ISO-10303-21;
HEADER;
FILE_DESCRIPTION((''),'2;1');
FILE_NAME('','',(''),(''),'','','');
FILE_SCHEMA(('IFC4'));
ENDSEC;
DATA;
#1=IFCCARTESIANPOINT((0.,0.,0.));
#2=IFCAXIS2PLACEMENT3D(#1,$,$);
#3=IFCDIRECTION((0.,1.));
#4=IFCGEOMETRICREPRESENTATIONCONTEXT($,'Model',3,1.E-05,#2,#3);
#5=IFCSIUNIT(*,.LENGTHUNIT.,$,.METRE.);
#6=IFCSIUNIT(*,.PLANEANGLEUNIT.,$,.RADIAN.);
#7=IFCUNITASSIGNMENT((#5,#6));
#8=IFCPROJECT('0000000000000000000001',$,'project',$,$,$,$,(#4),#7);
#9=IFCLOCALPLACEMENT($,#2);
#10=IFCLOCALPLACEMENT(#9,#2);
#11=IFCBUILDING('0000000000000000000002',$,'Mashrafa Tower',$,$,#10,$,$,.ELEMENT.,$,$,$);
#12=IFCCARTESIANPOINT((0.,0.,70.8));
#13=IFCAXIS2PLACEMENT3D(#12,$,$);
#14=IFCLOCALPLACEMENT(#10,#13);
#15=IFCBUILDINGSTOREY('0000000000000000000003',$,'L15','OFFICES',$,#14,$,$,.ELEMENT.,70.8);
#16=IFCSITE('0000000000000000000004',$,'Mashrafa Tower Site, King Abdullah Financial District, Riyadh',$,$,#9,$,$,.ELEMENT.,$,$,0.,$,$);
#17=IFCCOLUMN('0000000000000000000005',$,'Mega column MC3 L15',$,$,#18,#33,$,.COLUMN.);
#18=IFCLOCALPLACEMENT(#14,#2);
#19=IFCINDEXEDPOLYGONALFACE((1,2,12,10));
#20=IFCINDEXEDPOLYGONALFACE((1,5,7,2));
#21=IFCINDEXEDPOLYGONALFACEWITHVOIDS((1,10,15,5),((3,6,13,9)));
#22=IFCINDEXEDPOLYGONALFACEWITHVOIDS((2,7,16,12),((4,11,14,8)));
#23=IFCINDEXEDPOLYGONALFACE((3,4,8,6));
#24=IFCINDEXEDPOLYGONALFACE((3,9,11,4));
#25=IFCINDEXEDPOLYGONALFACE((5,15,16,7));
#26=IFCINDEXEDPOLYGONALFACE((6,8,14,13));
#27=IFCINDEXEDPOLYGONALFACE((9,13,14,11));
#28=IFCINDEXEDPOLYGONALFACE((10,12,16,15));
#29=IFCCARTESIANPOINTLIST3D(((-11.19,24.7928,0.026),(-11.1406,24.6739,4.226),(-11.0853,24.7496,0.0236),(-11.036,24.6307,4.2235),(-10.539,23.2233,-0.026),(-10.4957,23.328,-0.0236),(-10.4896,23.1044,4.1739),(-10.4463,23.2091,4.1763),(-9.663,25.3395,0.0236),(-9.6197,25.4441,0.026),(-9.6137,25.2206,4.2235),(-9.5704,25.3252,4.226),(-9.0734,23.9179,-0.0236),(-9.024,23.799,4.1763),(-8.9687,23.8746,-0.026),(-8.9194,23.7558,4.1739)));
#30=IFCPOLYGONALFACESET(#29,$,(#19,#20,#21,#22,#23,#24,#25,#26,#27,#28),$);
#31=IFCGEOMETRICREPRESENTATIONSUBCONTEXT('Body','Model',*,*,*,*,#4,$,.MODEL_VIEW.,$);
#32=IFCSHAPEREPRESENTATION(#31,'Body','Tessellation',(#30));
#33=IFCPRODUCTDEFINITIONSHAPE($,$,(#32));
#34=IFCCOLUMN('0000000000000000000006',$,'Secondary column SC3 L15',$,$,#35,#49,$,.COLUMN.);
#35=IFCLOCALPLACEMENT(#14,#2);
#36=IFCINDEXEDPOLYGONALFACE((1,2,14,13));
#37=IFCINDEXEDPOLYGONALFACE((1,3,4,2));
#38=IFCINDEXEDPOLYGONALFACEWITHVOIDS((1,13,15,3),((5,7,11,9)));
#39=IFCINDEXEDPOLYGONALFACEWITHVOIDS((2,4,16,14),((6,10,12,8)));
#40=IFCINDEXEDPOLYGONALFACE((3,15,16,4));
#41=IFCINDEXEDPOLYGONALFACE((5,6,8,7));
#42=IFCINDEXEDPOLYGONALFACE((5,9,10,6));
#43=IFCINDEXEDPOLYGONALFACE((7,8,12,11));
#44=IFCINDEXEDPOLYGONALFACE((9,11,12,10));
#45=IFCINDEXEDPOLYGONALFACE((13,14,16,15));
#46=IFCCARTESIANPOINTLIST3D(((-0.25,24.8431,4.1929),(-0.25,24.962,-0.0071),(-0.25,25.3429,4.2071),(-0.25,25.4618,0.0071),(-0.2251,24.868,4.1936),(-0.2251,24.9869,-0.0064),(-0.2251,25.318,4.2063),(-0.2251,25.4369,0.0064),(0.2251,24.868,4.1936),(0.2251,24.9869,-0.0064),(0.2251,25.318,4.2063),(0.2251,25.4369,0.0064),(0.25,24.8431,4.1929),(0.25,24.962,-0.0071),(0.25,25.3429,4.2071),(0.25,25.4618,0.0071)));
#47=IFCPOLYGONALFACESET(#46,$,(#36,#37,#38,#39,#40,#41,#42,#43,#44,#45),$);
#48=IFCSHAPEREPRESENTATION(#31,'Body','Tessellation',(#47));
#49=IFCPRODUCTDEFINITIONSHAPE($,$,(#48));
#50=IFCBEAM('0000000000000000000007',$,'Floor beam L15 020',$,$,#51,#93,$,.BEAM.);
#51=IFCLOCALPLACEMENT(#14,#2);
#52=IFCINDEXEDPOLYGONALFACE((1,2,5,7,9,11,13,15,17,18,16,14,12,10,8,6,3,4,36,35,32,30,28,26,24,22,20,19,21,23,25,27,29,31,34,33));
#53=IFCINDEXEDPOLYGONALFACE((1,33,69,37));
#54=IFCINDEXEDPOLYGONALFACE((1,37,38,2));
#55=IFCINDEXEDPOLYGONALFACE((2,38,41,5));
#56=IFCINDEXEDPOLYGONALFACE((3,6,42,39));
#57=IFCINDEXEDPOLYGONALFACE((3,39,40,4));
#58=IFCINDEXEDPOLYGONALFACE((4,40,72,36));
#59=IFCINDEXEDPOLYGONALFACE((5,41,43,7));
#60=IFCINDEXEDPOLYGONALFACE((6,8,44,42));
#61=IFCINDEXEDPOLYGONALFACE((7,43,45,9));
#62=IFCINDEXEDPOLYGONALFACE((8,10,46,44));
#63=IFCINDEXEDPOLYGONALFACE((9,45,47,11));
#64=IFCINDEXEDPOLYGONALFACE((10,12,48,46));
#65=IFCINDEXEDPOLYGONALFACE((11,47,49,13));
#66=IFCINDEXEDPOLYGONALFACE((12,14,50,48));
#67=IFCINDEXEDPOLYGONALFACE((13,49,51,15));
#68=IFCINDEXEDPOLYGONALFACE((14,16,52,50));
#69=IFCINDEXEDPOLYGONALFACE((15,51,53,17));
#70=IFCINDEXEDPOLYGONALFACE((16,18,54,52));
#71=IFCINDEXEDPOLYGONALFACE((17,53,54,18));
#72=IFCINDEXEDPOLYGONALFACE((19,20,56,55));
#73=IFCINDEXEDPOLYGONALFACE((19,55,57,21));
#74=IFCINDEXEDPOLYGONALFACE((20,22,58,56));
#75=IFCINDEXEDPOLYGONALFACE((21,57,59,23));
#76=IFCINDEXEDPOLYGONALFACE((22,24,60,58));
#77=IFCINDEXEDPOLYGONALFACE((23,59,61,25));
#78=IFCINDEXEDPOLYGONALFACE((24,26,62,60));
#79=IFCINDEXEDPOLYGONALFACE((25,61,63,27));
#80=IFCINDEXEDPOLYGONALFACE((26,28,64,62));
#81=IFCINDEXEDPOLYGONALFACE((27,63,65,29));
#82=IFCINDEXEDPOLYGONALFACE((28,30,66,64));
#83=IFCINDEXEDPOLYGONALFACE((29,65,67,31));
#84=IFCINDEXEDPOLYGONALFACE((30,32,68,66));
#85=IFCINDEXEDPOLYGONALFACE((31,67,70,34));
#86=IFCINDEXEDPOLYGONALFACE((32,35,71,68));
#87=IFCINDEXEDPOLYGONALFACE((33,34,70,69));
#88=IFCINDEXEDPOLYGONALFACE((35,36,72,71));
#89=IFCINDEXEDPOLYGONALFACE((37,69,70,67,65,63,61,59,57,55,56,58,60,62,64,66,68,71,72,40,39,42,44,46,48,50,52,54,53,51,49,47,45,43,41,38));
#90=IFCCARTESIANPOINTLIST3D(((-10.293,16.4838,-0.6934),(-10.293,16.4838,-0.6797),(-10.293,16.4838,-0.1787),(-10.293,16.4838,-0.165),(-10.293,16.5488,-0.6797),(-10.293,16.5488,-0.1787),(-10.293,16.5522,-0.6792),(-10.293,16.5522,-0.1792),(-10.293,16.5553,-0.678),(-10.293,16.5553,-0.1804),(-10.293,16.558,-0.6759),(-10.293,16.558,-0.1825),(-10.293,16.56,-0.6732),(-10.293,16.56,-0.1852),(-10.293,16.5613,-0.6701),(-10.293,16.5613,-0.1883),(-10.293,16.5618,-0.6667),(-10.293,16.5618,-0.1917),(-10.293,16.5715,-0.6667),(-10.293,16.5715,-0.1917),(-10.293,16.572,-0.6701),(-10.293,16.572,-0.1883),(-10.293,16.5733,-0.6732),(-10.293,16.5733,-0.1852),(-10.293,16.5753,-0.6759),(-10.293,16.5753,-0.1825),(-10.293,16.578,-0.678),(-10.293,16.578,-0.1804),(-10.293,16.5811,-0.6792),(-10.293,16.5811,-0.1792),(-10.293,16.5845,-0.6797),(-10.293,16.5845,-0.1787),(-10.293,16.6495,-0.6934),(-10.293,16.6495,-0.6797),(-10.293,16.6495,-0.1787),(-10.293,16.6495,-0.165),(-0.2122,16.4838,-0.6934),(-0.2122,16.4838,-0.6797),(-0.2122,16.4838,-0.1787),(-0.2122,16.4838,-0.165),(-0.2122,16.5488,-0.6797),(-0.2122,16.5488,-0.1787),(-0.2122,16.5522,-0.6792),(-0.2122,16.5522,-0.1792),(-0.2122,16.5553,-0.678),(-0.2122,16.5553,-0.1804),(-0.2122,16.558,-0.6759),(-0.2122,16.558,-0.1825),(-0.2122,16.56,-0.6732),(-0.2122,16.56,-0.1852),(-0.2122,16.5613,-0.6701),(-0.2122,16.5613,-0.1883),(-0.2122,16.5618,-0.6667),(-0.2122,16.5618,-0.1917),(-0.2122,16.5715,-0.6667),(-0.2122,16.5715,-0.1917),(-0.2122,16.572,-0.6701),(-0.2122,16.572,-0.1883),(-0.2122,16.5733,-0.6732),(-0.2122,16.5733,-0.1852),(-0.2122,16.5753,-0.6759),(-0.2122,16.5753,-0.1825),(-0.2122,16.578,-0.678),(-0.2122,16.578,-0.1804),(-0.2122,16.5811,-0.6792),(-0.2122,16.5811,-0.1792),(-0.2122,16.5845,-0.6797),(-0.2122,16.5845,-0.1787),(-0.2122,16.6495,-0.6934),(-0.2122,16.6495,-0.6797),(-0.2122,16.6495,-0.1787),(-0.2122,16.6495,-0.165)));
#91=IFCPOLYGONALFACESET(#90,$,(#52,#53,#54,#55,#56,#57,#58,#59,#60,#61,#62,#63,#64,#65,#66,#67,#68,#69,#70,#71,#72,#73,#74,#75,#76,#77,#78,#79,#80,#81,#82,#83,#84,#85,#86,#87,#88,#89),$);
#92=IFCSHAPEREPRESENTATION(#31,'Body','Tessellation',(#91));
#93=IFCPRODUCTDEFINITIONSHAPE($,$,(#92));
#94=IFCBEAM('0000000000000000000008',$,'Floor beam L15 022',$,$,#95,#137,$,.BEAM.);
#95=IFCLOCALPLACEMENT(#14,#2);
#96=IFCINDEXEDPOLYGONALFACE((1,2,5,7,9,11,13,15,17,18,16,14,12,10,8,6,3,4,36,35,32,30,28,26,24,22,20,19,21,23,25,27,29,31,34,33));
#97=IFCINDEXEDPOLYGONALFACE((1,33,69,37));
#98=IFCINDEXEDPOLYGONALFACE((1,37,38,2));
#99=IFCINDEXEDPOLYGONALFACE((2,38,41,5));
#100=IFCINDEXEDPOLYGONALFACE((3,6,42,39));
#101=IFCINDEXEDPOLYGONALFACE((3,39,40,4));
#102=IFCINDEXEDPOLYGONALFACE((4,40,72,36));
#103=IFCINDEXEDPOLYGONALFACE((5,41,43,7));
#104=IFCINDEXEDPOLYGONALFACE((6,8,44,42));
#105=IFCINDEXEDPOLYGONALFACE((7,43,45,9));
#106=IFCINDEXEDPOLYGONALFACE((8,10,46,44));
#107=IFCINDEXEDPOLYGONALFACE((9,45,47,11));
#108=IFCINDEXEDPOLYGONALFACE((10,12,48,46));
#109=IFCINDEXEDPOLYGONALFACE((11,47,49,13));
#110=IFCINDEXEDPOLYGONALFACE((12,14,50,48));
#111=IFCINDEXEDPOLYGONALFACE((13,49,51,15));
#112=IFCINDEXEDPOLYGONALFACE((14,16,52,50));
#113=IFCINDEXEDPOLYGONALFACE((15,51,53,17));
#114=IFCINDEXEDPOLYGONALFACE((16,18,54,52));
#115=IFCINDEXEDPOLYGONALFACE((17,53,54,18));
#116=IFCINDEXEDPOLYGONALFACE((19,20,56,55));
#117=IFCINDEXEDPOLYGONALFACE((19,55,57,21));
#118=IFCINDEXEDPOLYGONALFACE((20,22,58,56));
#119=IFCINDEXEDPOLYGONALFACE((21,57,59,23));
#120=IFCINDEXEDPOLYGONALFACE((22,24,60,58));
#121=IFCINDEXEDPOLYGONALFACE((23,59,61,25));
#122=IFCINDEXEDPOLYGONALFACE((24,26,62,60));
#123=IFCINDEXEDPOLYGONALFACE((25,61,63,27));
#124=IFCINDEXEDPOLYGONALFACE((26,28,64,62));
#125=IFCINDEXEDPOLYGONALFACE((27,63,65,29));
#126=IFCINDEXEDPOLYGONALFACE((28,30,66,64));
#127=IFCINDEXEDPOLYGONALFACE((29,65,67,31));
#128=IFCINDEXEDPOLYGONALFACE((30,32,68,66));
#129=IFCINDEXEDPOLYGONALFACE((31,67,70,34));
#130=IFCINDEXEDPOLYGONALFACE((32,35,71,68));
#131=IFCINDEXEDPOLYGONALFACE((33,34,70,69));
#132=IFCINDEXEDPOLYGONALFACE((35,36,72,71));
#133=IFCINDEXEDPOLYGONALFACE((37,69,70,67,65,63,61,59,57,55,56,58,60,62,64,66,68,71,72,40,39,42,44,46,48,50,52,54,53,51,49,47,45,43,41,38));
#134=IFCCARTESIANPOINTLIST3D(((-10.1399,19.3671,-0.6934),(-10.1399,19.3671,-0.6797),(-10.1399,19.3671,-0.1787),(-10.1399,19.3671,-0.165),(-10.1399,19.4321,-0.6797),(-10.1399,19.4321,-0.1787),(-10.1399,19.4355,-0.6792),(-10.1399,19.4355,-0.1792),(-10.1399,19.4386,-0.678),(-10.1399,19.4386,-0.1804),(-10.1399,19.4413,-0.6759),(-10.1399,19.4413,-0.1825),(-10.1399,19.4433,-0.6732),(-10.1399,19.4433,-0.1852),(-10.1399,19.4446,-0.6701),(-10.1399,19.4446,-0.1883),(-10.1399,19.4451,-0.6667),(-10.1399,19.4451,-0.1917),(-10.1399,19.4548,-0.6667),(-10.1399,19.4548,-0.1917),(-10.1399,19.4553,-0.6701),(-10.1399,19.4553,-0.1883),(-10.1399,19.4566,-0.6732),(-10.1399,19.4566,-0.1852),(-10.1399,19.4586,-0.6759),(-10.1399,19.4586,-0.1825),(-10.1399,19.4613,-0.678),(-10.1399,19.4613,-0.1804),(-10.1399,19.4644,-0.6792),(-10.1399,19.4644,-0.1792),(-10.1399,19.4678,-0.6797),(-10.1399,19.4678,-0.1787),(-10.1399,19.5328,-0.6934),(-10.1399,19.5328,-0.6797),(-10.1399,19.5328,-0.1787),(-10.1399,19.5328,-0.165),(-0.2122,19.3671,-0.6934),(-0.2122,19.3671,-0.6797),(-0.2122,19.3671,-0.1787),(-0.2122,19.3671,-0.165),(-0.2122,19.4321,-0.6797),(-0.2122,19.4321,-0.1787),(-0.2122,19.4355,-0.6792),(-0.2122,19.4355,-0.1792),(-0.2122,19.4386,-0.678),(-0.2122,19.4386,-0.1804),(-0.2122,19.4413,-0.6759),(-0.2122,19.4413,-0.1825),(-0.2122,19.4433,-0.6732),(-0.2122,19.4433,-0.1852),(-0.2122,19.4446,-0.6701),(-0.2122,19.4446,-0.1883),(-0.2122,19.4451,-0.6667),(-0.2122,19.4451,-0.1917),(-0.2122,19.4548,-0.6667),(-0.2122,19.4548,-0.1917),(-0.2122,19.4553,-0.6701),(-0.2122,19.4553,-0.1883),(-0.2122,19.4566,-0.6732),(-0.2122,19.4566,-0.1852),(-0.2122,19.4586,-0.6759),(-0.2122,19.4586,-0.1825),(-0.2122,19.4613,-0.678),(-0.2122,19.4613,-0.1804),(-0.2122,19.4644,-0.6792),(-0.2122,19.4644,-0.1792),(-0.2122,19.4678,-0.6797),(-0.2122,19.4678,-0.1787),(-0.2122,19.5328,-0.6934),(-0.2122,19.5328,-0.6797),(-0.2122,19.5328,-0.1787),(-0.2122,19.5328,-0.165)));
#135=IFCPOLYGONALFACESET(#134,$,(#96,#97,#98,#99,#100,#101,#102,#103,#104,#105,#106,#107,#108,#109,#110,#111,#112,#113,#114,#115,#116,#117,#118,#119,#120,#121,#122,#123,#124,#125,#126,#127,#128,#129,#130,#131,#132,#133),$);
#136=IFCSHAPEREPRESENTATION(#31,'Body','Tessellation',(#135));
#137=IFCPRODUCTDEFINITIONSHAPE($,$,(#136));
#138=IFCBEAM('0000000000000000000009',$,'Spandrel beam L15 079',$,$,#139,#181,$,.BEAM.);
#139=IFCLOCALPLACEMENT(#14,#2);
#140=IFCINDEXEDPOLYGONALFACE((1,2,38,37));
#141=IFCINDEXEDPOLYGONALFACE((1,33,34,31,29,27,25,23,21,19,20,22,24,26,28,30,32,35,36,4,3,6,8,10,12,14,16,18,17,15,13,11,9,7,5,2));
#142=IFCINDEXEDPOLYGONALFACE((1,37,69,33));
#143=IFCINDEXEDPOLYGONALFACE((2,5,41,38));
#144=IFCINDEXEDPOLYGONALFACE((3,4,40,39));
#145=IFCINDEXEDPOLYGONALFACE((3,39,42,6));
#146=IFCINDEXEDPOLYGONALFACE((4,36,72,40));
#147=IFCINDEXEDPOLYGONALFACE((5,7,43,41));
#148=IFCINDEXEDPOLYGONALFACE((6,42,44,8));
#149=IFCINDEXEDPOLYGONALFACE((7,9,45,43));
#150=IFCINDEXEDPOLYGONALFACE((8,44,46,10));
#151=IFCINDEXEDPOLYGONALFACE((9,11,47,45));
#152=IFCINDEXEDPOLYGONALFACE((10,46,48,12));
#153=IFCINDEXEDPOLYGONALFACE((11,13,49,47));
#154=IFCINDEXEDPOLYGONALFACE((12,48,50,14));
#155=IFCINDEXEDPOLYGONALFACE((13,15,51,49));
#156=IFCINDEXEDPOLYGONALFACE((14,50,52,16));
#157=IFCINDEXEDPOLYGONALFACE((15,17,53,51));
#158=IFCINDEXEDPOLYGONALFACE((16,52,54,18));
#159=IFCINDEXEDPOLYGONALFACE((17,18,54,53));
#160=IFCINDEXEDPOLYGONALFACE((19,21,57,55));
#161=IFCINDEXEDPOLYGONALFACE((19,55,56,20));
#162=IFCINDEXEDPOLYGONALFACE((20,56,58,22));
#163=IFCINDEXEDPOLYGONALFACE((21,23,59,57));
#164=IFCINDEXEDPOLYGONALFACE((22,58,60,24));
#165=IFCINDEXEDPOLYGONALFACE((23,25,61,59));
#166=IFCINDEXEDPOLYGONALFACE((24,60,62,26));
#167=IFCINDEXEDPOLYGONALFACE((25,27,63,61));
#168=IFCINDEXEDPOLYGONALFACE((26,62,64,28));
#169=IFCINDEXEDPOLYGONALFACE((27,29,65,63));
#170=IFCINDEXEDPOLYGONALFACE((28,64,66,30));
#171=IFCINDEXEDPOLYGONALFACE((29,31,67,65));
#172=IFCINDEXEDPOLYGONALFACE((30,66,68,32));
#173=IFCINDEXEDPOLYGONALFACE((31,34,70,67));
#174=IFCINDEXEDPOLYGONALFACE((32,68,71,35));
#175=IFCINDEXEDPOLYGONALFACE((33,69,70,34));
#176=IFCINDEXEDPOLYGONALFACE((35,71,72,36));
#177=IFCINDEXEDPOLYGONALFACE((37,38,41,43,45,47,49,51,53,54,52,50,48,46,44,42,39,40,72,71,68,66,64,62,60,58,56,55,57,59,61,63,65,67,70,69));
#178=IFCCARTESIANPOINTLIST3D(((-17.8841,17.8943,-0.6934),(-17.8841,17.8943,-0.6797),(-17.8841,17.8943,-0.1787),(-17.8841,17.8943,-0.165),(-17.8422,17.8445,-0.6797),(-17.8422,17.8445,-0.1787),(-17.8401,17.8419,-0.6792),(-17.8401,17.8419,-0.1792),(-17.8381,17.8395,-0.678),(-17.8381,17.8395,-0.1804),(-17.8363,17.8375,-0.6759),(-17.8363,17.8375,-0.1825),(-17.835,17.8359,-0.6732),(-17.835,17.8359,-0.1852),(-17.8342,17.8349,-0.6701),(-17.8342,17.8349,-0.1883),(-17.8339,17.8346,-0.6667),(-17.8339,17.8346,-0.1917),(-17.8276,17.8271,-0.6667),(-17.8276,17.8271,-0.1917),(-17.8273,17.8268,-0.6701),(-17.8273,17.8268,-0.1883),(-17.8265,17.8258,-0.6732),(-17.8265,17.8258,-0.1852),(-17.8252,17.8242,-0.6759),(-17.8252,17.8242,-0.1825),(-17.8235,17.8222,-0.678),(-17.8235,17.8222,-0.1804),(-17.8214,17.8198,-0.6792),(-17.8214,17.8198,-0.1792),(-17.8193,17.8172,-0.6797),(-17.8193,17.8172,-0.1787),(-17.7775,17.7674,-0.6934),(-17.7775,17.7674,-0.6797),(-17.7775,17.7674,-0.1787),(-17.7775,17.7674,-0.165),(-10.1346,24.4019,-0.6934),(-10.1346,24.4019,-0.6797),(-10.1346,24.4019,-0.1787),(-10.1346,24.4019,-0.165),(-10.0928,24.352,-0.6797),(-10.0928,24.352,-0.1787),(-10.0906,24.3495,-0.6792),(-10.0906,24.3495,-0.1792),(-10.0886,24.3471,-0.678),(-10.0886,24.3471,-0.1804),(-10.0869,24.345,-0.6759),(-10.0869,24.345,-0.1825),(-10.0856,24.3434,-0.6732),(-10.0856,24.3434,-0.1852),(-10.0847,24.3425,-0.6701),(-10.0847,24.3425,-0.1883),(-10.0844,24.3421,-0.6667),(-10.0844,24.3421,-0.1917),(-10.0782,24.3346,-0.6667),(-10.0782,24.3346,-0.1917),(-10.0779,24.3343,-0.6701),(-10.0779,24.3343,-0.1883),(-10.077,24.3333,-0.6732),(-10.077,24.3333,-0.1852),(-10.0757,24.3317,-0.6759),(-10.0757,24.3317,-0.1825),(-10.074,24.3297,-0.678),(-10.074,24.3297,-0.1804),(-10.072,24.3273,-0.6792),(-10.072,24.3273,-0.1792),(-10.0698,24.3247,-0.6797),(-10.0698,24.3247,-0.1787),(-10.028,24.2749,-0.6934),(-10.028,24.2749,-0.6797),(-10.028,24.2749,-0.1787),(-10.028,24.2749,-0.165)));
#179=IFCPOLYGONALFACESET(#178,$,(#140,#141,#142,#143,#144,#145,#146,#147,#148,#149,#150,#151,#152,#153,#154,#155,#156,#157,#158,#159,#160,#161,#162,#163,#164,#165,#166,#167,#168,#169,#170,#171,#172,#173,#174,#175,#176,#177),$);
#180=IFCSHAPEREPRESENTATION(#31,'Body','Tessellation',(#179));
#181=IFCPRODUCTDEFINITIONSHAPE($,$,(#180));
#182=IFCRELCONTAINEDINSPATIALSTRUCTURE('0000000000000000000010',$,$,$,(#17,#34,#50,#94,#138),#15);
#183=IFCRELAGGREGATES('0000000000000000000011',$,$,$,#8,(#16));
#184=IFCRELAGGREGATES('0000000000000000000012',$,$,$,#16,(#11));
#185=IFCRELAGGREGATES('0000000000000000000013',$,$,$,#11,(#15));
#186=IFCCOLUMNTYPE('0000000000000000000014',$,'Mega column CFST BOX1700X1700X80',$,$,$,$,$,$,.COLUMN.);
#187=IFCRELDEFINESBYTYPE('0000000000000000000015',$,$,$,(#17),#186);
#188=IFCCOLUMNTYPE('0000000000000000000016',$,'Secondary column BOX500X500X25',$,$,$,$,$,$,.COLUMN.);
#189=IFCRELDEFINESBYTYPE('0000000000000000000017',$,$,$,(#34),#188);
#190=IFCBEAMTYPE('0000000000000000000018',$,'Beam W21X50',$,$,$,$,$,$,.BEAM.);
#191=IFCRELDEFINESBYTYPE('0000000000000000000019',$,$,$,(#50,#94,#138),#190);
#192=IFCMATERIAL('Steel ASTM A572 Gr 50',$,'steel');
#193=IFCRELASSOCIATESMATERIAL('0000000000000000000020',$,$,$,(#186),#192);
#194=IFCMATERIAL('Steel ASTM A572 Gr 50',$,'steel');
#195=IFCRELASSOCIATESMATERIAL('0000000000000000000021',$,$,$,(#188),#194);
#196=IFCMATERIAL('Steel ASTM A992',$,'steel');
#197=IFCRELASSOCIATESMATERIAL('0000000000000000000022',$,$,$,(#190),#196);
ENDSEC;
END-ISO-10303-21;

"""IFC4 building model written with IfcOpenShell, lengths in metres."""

from ifc_helpers import new_model, si_unit, direction, frame, origin, origin_2d, place, context, subcontext, project, spatial, hollow_rectangle, i_section, extrude, material, material_profile, profile_set, type_object, element, save


model = new_model("IFC4")

# Units and contexts
model_context = context("Model", 3, precision=1e-05, world=origin(), true_north=direction((0.0, 1.0)))
body_context = subcontext(model_context, "Body", "Model", "MODEL_VIEW")
ifc_project = project(units=[si_unit("LENGTHUNIT", "METRE"), si_unit("PLANEANGLEUNIT", "RADIAN")], contexts=[model_context])

# Site, building, storey
site_placement = place(None, origin())
site = spatial("IfcSite", under=ifc_project, at=site_placement, Name="Mashrafa Tower Site, King Abdullah Financial District, Riyadh", CompositionType="ELEMENT", RefElevation=0.0)
building_placement = place(site_placement, origin())
building = spatial("IfcBuilding", under=site, at=building_placement, Name="Mashrafa Tower", CompositionType="ELEMENT")
storey_placement = place(building_placement, frame((0.0, 0.0, 70.8)))
storey = spatial("IfcBuildingStorey", under=building, at=storey_placement, Name="L15", Description="OFFICES", CompositionType="ELEMENT", Elevation=70.8)

# Columns
ifc_material_1 = material(Name="Steel ASTM A572 Gr 50", Category="steel")
ifc_material_profile_1 = material_profile(ifc_material_1, hollow_rectangle(XDim=1.7, YDim=1.7, WallThickness=0.0801, at=origin_2d()), Name="BOX1700X1700X80")
ifc_profile_set_1 = profile_set([ifc_material_profile_1], Name="Steel ASTM A572 Gr 50")
column_type_1 = type_object("IfcColumnType", Name="Mega column CFST BOX1700X1700X80", PredefinedType="COLUMN", material=ifc_profile_set_1)
column_1_placement = place(storey_placement, frame((-10.0793, 24.3337, 0.0), z_axis=(0.011737, -0.028296, 0.999531), x_axis=(0.923693, 0.383133, 0.0)))
element("IfcColumn", 1, at=column_1_placement, inside=storey, type_object=column_type_1, Name="Mega column MC3 L15", PredefinedType="COLUMN", context=body_context, shape_type="SweptSolid", body=[
    extrude(hollow_rectangle(XDim=1.7, YDim=1.7, WallThickness=0.0801, at=origin_2d()), origin(), (0.0, 0.0, 1.0), 4.2019),
])
ifc_material_2 = material(Name="Steel ASTM A572 Gr 50", Category="steel")
ifc_material_profile_2 = material_profile(ifc_material_2, hollow_rectangle(XDim=0.5, YDim=0.5, WallThickness=0.0249, at=origin_2d()), Name="BOX500X500X25")
ifc_profile_set_2 = profile_set([ifc_material_profile_2], Name="Steel ASTM A572 Gr 50")
column_type_2 = type_object("IfcColumnType", Name="Secondary column BOX500X500X25", PredefinedType="COLUMN", material=ifc_profile_set_2)
column_2_placement = place(storey_placement, frame((0.0, 25.2119, 0.0), z_axis=(0.0, -0.028298, 0.9996), x_axis=(1.0, 0.0, 0.0)))
element("IfcColumn", 2, at=column_2_placement, inside=storey, type_object=column_type_2, Name="Secondary column SC3 L15", PredefinedType="COLUMN", context=body_context, shape_type="SweptSolid", body=[
    extrude(hollow_rectangle(XDim=0.5, YDim=0.5, WallThickness=0.0249, at=origin_2d()), origin(), (0.0, 0.0, 1.0), 4.2017),
])

# Beams
ifc_material_3 = material(Name="Steel ASTM A992", Category="steel")
ifc_material_profile_3 = material_profile(ifc_material_3, i_section(OverallWidth=0.1658, OverallDepth=0.5283, WebThickness=0.0098, FlangeThickness=0.0137, FilletRadius=0.0129, at=origin_2d()), Name="W21X50")
ifc_profile_set_3 = profile_set([ifc_material_profile_3], Name="Steel ASTM A992")
beam_type_1 = type_object("IfcBeamType", Name="Beam W21X50", PredefinedType="BEAM", material=ifc_profile_set_3)
beam_1_placement = place(storey_placement, frame((-10.293, 16.5667, -0.4292), z_axis=(1.0, 0.0, 0.0), x_axis=(0.0, 1.0, 0.0)))
element("IfcBeam", 3, at=beam_1_placement, inside=storey, type_object=beam_type_1, Name="Floor beam L15 020", PredefinedType="BEAM", context=body_context, shape_type="SweptSolid", body=[
    extrude(i_section(OverallWidth=0.1658, OverallDepth=0.5283, WebThickness=0.0098, FlangeThickness=0.0137, FilletRadius=0.0129, at=origin_2d()), origin(), (0.0, 0.0, 1.0), 10.0808),
])
beam_2_placement = place(storey_placement, frame((-10.1399, 19.45, -0.4292), z_axis=(1.0, 0.0, 0.0), x_axis=(0.0, 1.0, 0.0)))
element("IfcBeam", 4, at=beam_2_placement, inside=storey, type_object=beam_type_1, Name="Floor beam L15 022", PredefinedType="BEAM", context=body_context, shape_type="SweptSolid", body=[
    extrude(i_section(OverallWidth=0.1658, OverallDepth=0.5283, WebThickness=0.0098, FlangeThickness=0.0137, FilletRadius=0.0129, at=origin_2d()), origin(), (0.0, 0.0, 1.0), 9.9277),
])
beam_3_placement = place(storey_placement, frame((-10.0813, 24.3384, -0.4292), z_axis=(-0.765803, -0.643075, 0.0), x_axis=(0.643075, -0.765803, 0.0)))
element("IfcBeam", 5, at=beam_3_placement, inside=storey, type_object=beam_type_1, Name="Spandrel beam L15 079", PredefinedType="BEAM", context=body_context, shape_type="SweptSolid", body=[
    extrude(i_section(OverallWidth=0.1658, OverallDepth=0.5283, WebThickness=0.0098, FlangeThickness=0.0137, FilletRadius=0.0129, at=origin_2d()), origin(), (0.0, 0.0, 1.0), 10.1194),
])

save(model, "model.ifc")
